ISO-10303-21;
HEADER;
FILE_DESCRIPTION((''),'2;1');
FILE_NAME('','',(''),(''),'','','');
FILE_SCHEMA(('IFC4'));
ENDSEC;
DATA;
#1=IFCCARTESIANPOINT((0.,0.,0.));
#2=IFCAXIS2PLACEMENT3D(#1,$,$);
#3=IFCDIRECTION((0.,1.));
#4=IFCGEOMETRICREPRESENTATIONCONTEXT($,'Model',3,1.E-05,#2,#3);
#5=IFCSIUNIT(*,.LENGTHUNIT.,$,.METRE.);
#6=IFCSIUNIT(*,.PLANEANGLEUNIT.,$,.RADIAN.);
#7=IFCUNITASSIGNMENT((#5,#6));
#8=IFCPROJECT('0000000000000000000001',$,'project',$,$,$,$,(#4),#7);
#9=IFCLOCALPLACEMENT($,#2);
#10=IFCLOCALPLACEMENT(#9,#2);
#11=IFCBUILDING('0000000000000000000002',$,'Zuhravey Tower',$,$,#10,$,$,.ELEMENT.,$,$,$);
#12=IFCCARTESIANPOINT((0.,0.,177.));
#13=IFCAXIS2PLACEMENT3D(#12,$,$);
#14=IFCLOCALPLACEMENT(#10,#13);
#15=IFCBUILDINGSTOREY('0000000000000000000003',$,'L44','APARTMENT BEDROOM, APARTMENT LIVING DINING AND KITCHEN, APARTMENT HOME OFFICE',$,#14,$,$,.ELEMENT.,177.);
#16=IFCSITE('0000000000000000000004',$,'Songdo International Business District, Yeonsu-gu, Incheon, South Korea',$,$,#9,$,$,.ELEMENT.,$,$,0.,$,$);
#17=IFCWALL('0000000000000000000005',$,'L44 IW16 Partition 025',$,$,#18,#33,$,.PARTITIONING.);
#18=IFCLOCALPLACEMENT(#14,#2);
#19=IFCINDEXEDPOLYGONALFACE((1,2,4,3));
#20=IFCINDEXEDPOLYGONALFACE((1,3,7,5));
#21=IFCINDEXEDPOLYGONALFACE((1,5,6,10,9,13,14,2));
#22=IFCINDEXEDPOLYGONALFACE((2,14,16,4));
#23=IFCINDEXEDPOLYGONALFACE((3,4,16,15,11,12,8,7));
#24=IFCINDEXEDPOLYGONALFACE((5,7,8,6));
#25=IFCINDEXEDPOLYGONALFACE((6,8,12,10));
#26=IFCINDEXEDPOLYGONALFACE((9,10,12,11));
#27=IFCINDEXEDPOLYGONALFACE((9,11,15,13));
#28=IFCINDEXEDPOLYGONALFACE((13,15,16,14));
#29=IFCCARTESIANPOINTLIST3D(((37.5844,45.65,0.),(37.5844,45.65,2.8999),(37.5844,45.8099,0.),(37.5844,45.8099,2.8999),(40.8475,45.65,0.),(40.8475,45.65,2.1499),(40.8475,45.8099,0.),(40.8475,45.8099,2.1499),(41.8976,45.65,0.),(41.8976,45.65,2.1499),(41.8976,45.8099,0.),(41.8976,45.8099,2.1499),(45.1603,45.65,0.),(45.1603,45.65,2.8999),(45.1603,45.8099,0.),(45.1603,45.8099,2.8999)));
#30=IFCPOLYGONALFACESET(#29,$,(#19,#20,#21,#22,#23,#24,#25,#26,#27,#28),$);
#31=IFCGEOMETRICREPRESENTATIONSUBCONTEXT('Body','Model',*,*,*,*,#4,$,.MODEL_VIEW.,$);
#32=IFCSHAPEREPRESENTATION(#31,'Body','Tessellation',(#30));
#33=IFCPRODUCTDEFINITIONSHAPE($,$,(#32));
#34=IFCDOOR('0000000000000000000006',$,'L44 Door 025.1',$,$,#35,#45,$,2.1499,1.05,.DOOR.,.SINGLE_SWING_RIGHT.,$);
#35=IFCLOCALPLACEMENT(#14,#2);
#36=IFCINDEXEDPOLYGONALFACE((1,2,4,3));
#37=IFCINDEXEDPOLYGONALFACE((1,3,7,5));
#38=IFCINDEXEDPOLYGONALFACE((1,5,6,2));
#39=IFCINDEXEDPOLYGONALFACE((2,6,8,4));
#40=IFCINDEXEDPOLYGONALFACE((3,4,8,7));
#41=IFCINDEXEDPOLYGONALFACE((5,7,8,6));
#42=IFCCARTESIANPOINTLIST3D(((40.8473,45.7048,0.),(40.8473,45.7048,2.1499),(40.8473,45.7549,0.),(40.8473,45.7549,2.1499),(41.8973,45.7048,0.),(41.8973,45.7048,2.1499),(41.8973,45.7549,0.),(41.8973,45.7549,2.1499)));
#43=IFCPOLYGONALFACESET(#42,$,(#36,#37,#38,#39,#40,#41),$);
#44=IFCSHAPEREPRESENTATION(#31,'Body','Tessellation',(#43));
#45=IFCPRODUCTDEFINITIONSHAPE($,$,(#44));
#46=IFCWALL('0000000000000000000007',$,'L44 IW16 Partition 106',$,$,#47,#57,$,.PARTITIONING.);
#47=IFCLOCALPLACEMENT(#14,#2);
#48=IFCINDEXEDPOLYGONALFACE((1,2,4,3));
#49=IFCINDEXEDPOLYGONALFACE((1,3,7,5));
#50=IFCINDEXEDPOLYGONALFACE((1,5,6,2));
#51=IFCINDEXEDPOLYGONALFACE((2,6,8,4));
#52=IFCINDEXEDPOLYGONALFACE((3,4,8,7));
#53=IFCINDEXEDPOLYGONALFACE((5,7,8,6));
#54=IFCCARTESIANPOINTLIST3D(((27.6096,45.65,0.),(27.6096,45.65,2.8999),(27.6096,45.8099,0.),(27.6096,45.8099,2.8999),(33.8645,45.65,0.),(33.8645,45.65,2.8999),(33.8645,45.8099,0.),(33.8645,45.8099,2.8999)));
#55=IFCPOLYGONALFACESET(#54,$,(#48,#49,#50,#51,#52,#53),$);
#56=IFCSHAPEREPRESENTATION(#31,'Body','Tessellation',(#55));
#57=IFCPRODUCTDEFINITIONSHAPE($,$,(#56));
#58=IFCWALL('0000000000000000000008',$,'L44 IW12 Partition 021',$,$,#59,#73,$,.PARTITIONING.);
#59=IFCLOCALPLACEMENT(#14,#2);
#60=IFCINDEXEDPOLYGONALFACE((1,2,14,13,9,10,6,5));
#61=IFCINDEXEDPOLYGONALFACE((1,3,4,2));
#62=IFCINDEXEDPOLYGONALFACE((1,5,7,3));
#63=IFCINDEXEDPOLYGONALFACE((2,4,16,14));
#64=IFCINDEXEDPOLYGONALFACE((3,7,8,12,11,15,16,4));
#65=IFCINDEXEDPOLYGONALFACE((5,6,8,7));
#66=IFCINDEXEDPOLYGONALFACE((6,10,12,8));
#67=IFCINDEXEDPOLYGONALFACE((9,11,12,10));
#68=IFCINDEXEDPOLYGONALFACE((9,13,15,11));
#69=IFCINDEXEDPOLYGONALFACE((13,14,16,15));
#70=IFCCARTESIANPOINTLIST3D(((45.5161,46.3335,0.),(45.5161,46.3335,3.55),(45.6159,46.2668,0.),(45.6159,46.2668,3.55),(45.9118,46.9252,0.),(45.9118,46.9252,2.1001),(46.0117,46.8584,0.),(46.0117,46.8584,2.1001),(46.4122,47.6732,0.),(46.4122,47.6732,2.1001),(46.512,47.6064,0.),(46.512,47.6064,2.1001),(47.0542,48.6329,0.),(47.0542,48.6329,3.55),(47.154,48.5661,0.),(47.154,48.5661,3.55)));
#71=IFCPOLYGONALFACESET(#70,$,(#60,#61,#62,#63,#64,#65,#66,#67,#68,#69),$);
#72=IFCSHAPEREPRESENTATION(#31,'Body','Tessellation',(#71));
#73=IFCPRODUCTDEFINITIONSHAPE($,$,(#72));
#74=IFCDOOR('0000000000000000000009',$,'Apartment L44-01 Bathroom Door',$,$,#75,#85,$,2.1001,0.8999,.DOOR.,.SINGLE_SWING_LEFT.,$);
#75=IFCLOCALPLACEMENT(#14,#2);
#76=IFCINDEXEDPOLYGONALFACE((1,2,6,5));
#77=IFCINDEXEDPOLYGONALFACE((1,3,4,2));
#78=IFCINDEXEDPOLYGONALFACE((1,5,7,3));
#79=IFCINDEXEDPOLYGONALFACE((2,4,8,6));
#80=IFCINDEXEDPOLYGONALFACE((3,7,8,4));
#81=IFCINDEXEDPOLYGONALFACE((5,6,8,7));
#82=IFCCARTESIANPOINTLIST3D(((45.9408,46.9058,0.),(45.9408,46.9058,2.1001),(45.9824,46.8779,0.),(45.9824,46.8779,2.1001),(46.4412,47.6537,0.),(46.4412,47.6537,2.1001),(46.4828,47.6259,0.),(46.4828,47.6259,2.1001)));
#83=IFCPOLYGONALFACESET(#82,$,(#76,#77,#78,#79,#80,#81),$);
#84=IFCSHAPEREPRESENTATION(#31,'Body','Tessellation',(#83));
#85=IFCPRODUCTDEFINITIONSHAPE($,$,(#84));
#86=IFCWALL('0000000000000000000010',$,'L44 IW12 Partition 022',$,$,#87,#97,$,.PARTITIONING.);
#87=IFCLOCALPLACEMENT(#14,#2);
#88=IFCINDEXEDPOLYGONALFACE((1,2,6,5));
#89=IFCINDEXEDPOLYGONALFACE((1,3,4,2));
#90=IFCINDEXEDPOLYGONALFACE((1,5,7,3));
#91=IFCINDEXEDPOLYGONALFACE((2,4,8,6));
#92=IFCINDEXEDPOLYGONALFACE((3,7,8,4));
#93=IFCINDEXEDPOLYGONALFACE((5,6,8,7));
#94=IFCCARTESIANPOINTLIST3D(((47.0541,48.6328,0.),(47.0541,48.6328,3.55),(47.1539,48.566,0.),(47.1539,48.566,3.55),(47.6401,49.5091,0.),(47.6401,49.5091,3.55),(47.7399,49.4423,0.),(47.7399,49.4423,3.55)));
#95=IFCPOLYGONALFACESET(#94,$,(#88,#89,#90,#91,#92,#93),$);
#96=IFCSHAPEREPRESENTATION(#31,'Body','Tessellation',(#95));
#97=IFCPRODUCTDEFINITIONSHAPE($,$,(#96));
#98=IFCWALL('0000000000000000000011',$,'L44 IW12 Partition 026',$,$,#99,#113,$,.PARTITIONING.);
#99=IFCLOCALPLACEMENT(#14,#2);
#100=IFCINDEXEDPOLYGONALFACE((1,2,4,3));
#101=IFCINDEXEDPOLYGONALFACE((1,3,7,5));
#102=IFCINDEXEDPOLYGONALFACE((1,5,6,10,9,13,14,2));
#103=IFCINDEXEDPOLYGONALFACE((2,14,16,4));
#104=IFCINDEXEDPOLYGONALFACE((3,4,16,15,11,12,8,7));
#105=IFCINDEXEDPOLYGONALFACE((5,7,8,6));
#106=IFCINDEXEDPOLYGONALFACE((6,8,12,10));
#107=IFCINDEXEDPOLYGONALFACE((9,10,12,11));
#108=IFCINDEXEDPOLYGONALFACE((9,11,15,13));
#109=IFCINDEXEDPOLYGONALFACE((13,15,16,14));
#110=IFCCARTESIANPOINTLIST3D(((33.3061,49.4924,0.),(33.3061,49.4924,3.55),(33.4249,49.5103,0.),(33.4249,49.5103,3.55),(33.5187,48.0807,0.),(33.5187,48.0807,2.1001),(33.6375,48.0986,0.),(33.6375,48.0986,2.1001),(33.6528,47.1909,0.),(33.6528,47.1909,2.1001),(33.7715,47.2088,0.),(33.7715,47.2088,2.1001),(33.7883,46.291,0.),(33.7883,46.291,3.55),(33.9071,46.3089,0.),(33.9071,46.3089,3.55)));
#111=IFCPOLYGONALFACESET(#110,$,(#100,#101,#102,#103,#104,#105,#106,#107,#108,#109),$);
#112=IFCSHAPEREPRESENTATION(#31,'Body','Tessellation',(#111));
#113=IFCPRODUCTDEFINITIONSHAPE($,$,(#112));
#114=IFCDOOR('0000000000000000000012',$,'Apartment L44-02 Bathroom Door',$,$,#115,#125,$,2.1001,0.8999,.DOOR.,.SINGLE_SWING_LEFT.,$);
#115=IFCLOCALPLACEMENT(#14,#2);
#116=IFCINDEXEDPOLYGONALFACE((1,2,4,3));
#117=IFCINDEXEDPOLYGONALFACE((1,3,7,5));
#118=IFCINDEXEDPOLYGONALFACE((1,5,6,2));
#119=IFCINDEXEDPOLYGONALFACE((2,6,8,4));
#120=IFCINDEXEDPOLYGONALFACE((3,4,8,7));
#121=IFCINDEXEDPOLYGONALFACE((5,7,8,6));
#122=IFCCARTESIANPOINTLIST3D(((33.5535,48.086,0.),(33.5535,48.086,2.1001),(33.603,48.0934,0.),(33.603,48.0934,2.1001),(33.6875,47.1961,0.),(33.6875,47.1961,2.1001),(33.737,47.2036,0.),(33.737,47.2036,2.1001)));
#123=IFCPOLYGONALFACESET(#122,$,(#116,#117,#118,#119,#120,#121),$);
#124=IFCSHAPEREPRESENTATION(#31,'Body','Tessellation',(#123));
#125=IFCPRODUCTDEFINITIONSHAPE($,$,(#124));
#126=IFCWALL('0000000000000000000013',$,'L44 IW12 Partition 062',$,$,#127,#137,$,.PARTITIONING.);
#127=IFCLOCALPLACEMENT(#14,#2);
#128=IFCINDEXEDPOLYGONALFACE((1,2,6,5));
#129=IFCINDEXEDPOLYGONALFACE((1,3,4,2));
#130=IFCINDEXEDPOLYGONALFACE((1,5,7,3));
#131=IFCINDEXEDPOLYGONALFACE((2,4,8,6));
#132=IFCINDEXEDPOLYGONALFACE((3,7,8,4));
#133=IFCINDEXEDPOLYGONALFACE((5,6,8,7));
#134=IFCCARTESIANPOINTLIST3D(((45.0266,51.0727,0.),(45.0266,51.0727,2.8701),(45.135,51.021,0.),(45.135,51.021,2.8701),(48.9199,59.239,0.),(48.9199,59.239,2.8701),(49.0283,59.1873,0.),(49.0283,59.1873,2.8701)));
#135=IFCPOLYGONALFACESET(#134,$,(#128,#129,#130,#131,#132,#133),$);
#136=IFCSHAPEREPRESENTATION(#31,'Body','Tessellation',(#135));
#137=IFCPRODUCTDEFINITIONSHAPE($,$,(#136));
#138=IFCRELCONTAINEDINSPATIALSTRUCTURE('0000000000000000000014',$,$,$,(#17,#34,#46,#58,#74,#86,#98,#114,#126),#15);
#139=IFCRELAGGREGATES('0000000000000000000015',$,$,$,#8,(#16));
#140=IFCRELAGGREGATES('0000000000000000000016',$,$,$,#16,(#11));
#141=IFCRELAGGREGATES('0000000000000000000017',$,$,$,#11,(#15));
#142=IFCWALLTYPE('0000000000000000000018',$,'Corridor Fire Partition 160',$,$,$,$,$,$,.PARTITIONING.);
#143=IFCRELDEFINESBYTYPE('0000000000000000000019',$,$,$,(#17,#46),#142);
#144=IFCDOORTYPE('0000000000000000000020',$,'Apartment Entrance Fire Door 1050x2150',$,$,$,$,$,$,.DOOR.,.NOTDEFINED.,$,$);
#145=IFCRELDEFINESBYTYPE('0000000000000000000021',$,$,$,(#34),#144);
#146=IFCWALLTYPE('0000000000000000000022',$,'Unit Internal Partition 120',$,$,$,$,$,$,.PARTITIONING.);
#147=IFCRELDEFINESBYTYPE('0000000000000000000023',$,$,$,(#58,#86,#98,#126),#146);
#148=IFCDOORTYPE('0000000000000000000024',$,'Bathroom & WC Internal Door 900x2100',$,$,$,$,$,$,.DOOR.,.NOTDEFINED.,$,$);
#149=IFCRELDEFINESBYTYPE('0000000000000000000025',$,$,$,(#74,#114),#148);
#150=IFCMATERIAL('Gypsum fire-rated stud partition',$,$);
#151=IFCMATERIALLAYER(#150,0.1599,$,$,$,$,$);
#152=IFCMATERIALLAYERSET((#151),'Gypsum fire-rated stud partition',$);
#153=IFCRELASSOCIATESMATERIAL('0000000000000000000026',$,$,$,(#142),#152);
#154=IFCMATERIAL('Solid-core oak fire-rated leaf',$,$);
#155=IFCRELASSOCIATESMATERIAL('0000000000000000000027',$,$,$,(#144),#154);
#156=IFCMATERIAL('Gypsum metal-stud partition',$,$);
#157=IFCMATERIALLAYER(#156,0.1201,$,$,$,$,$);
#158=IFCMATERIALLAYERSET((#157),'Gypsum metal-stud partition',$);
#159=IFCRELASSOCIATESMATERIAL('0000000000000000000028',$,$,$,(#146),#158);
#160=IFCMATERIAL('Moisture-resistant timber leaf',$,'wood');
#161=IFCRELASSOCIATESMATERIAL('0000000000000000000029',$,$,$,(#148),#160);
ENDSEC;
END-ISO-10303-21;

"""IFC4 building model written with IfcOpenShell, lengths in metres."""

from ifc_helpers import new_model, si_unit, direction, frame, frame_2d, origin, place, context, subcontext, project, spatial, rectangle, extrude, material, layer, layer_set, type_object, element, fill, save


model = new_model("IFC4")

# Units and contexts
model_context = context("Model", 3, precision=1e-05, world=origin(), true_north=direction((0.0, 1.0)))
body_context = subcontext(model_context, "Body", "Model", "MODEL_VIEW")
ifc_project = project(units=[si_unit("LENGTHUNIT", "METRE"), si_unit("PLANEANGLEUNIT", "RADIAN")], contexts=[model_context])

# Site, building, storey
site_placement = place(None, origin())
site = spatial("IfcSite", under=ifc_project, at=site_placement, Name="Songdo International Business District, Yeonsu-gu, Incheon, South Korea", CompositionType="ELEMENT", RefElevation=0.0)
building_placement = place(site_placement, origin())
building = spatial("IfcBuilding", under=site, at=building_placement, Name="Zuhravey Tower", CompositionType="ELEMENT")
storey_placement = place(building_placement, frame((0.0, 0.0, 177.0)))
storey = spatial("IfcBuildingStorey", under=building, at=storey_placement, Name="L44", Description="APARTMENT BEDROOM, APARTMENT LIVING DINING AND KITCHEN, APARTMENT HOME OFFICE", CompositionType="ELEMENT", Elevation=177.0)

# Wall, opening, door
ifc_material_1 = material(Name="Gypsum fire-rated stud partition")
ifc_layer_1 = layer(ifc_material_1, 0.1599)
ifc_layer_set_1 = layer_set([ifc_layer_1], Name="Gypsum fire-rated stud partition")
wall_type_1 = type_object("IfcWallType", Name="Corridor Fire Partition 160", PredefinedType="PARTITIONING", material=ifc_layer_set_1)
wall_1_placement = place(storey_placement, frame((45.1604, 45.73, 0.0), z_axis=(0.0, 0.0, 1.0), x_axis=(-1.0, 0.0, 0.0)))
wall_1 = element("IfcWall", 1, at=wall_1_placement, inside=storey, type_object=wall_type_1, Name="L44 IW16 Partition 025", PredefinedType="PARTITIONING", context=body_context, shape_type="SweptSolid", body=[
    extrude(rectangle(XDim=7.5759, YDim=0.1599, at=frame_2d((3.7881, 0.0))), origin(), (0.0, 0.0, 1.0), 2.8999),
])
opening_1_placement = place(wall_1_placement, frame((3.2629, 0.0, 0.0)))
opening_1 = element("IfcOpeningElement", 2, at=opening_1_placement, cuts=wall_1, PredefinedType="OPENING", context=body_context, shape_type="SweptSolid", body=[
    extrude(rectangle(XDim=1.05, YDim=2.1499, at=frame_2d((0.5249, 1.075))), frame((0.0, 0.092, 0.0), z_axis=(0.0, -1.0, 0.0), x_axis=(1.0, 0.0, 0.0)), (0.0, 0.0, 1.0), 0.1838),
])
ifc_material_2 = material(Name="Solid-core oak fire-rated leaf")
door_type_1 = type_object("IfcDoorType", Name="Apartment Entrance Fire Door 1050x2150", OperationType="NOTDEFINED", PredefinedType="DOOR", material=ifc_material_2)
door_1_placement = place(opening_1_placement, frame((1.05, 0.0, 0.0), z_axis=(0.0, 0.0, 1.0), x_axis=(-1.0, 0.0, 0.0)))
door_1 = element("IfcDoor", 3, at=door_1_placement, inside=storey, type_object=door_type_1, Name="L44 Door 025.1", OperationType="SINGLE_SWING_RIGHT", OverallHeight=2.1499, OverallWidth=1.05, PredefinedType="DOOR", context=body_context, shape_type="SweptSolid", body=[
    extrude(rectangle(XDim=1.05, YDim=2.1499, at=frame_2d((0.5249, 1.075))), frame((0.0, 0.0249, 0.0), z_axis=(0.0, -1.0, 0.0), x_axis=(1.0, 0.0, 0.0)), (0.0, 0.0, 1.0), 0.05),
])
fill(opening_1, door_1)

# Wall
wall_2_placement = place(storey_placement, frame((33.8645, 45.73, 0.0), z_axis=(0.0, 0.0, 1.0), x_axis=(-1.0, 0.0, 0.0)))
element("IfcWall", 4, at=wall_2_placement, inside=storey, type_object=wall_type_1, Name="L44 IW16 Partition 106", PredefinedType="PARTITIONING", context=body_context, shape_type="SweptSolid", body=[
    extrude(rectangle(XDim=6.2549, YDim=0.1599, at=frame_2d((3.1274, 0.0))), origin(), (0.0, 0.0, 1.0), 2.8999),
])

# Wall, opening, door
ifc_material_3 = material(Name="Gypsum metal-stud partition")
ifc_layer_2 = layer(ifc_material_3, 0.1201)
ifc_layer_set_2 = layer_set([ifc_layer_2], Name="Gypsum metal-stud partition")
wall_type_2 = type_object("IfcWallType", Name="Unit Internal Partition 120", PredefinedType="PARTITIONING", material=ifc_layer_set_2)
wall_3_placement = place(storey_placement, frame((45.5659, 46.3, 0.0), z_axis=(0.0, 0.0, 1.0), x_axis=(0.556003, 0.83118, 0.0)))
wall_3 = element("IfcWall", 5, at=wall_3_placement, inside=storey, type_object=wall_type_2, Name="L44 IW12 Partition 021", PredefinedType="PARTITIONING", context=body_context, shape_type="SweptSolid", body=[
    extrude(rectangle(XDim=2.7664, YDim=0.1201, at=frame_2d((1.3833, 0.0))), origin(), (0.0, 0.0, 1.0), 3.55),
])
opening_2_placement = place(wall_3_placement, frame((0.7119, 0.0, 0.0)))
opening_2 = element("IfcOpeningElement", 6, at=opening_2_placement, cuts=wall_3, PredefinedType="OPENING", context=body_context, shape_type="SweptSolid", body=[
    extrude(rectangle(XDim=0.8999, YDim=2.1001, at=frame_2d((0.45, 1.05))), frame((0.0, 0.072, 0.0), z_axis=(0.0, -1.0, 0.0), x_axis=(1.0, 0.0, 0.0)), (0.0, 0.0, 1.0), 0.144),
])
ifc_material_4 = material(Name="Moisture-resistant timber leaf", Category="wood")
door_type_2 = type_object("IfcDoorType", Name="Bathroom & WC Internal Door 900x2100", OperationType="NOTDEFINED", PredefinedType="DOOR", material=ifc_material_4)
door_2_placement = place(opening_2_placement, frame((0.8999, 0.0, 0.0), z_axis=(0.0, 0.0, 1.0), x_axis=(-1.0, 0.0, 0.0)))
door_2 = element("IfcDoor", 7, at=door_2_placement, inside=storey, type_object=door_type_2, Name="Apartment L44-01 Bathroom Door", OperationType="SINGLE_SWING_LEFT", OverallHeight=2.1001, OverallWidth=0.8999, PredefinedType="DOOR", context=body_context, shape_type="SweptSolid", body=[
    extrude(rectangle(XDim=0.8999, YDim=2.1001, at=frame_2d((0.45, 1.05))), frame((0.0, 0.0249, 0.0), z_axis=(0.0, -1.0, 0.0), x_axis=(1.0, 0.0, 0.0)), (0.0, 0.0, 1.0), 0.05),
])
fill(opening_2, door_2)

# Wall
wall_4_placement = place(storey_placement, frame((47.104, 48.5994, 0.0), z_axis=(0.0, 0.0, 1.0), x_axis=(0.555876, 0.831266, 0.0)))
element("IfcWall", 8, at=wall_4_placement, inside=storey, type_object=wall_type_2, Name="L44 IW12 Partition 022", PredefinedType="PARTITIONING", context=body_context, shape_type="SweptSolid", body=[
    extrude(rectangle(XDim=1.0542, YDim=0.1201, at=frame_2d((0.5271, 0.0))), origin(), (0.0, 0.0, 1.0), 3.55),
])

# Wall, opening, door
wall_5_placement = place(storey_placement, frame((33.8477, 46.3, 0.0), z_axis=(0.0, 0.0, 1.0), x_axis=(-0.148934, 0.988847, 0.0)))
wall_5 = element("IfcWall", 9, at=wall_5_placement, inside=storey, type_object=wall_type_2, Name="L44 IW12 Partition 026", PredefinedType="PARTITIONING", context=body_context, shape_type="SweptSolid", body=[
    extrude(rectangle(XDim=3.2375, YDim=0.1201, at=frame_2d((1.6187, 0.0))), origin(), (0.0, 0.0, 1.0), 3.55),
])
opening_3_placement = place(wall_5_placement, frame((0.9099, 0.0, 0.0)))
opening_3 = element("IfcOpeningElement", 10, at=opening_3_placement, cuts=wall_5, PredefinedType="OPENING", context=body_context, shape_type="SweptSolid", body=[
    extrude(rectangle(XDim=0.8999, YDim=2.1001, at=frame_2d((0.45, 1.05))), frame((0.0, 0.072, 0.0), z_axis=(0.0, -1.0, 0.0), x_axis=(1.0, 0.0, 0.0)), (0.0, 0.0, 1.0), 0.144),
])
door_3_placement = place(opening_3_placement, origin())
door_3 = element("IfcDoor", 11, at=door_3_placement, inside=storey, type_object=door_type_2, Name="Apartment L44-02 Bathroom Door", OperationType="SINGLE_SWING_LEFT", OverallHeight=2.1001, OverallWidth=0.8999, PredefinedType="DOOR", context=body_context, shape_type="SweptSolid", body=[
    extrude(rectangle(XDim=0.8999, YDim=2.1001, at=frame_2d((0.45, 1.05))), frame((0.0, 0.0249, 0.0), z_axis=(0.0, -1.0, 0.0), x_axis=(1.0, 0.0, 0.0)), (0.0, 0.0, 1.0), 0.05),
])
fill(opening_3, door_3)

# Wall
wall_6_placement = place(storey_placement, frame((45.0808, 51.0469, 0.0), z_axis=(0.0, 0.0, 1.0), x_axis=(0.430349, 0.902662, 0.0)))
element("IfcWall", 12, at=wall_6_placement, inside=storey, type_object=wall_type_2, Name="L44 IW12 Partition 062", PredefinedType="PARTITIONING", context=body_context, shape_type="SweptSolid", body=[
    extrude(rectangle(XDim=9.0469, YDim=0.1201, at=frame_2d((4.5234, 0.0))), origin(), (0.0, 0.0, 1.0), 2.8701),
])

save(model, "model.ifc")
